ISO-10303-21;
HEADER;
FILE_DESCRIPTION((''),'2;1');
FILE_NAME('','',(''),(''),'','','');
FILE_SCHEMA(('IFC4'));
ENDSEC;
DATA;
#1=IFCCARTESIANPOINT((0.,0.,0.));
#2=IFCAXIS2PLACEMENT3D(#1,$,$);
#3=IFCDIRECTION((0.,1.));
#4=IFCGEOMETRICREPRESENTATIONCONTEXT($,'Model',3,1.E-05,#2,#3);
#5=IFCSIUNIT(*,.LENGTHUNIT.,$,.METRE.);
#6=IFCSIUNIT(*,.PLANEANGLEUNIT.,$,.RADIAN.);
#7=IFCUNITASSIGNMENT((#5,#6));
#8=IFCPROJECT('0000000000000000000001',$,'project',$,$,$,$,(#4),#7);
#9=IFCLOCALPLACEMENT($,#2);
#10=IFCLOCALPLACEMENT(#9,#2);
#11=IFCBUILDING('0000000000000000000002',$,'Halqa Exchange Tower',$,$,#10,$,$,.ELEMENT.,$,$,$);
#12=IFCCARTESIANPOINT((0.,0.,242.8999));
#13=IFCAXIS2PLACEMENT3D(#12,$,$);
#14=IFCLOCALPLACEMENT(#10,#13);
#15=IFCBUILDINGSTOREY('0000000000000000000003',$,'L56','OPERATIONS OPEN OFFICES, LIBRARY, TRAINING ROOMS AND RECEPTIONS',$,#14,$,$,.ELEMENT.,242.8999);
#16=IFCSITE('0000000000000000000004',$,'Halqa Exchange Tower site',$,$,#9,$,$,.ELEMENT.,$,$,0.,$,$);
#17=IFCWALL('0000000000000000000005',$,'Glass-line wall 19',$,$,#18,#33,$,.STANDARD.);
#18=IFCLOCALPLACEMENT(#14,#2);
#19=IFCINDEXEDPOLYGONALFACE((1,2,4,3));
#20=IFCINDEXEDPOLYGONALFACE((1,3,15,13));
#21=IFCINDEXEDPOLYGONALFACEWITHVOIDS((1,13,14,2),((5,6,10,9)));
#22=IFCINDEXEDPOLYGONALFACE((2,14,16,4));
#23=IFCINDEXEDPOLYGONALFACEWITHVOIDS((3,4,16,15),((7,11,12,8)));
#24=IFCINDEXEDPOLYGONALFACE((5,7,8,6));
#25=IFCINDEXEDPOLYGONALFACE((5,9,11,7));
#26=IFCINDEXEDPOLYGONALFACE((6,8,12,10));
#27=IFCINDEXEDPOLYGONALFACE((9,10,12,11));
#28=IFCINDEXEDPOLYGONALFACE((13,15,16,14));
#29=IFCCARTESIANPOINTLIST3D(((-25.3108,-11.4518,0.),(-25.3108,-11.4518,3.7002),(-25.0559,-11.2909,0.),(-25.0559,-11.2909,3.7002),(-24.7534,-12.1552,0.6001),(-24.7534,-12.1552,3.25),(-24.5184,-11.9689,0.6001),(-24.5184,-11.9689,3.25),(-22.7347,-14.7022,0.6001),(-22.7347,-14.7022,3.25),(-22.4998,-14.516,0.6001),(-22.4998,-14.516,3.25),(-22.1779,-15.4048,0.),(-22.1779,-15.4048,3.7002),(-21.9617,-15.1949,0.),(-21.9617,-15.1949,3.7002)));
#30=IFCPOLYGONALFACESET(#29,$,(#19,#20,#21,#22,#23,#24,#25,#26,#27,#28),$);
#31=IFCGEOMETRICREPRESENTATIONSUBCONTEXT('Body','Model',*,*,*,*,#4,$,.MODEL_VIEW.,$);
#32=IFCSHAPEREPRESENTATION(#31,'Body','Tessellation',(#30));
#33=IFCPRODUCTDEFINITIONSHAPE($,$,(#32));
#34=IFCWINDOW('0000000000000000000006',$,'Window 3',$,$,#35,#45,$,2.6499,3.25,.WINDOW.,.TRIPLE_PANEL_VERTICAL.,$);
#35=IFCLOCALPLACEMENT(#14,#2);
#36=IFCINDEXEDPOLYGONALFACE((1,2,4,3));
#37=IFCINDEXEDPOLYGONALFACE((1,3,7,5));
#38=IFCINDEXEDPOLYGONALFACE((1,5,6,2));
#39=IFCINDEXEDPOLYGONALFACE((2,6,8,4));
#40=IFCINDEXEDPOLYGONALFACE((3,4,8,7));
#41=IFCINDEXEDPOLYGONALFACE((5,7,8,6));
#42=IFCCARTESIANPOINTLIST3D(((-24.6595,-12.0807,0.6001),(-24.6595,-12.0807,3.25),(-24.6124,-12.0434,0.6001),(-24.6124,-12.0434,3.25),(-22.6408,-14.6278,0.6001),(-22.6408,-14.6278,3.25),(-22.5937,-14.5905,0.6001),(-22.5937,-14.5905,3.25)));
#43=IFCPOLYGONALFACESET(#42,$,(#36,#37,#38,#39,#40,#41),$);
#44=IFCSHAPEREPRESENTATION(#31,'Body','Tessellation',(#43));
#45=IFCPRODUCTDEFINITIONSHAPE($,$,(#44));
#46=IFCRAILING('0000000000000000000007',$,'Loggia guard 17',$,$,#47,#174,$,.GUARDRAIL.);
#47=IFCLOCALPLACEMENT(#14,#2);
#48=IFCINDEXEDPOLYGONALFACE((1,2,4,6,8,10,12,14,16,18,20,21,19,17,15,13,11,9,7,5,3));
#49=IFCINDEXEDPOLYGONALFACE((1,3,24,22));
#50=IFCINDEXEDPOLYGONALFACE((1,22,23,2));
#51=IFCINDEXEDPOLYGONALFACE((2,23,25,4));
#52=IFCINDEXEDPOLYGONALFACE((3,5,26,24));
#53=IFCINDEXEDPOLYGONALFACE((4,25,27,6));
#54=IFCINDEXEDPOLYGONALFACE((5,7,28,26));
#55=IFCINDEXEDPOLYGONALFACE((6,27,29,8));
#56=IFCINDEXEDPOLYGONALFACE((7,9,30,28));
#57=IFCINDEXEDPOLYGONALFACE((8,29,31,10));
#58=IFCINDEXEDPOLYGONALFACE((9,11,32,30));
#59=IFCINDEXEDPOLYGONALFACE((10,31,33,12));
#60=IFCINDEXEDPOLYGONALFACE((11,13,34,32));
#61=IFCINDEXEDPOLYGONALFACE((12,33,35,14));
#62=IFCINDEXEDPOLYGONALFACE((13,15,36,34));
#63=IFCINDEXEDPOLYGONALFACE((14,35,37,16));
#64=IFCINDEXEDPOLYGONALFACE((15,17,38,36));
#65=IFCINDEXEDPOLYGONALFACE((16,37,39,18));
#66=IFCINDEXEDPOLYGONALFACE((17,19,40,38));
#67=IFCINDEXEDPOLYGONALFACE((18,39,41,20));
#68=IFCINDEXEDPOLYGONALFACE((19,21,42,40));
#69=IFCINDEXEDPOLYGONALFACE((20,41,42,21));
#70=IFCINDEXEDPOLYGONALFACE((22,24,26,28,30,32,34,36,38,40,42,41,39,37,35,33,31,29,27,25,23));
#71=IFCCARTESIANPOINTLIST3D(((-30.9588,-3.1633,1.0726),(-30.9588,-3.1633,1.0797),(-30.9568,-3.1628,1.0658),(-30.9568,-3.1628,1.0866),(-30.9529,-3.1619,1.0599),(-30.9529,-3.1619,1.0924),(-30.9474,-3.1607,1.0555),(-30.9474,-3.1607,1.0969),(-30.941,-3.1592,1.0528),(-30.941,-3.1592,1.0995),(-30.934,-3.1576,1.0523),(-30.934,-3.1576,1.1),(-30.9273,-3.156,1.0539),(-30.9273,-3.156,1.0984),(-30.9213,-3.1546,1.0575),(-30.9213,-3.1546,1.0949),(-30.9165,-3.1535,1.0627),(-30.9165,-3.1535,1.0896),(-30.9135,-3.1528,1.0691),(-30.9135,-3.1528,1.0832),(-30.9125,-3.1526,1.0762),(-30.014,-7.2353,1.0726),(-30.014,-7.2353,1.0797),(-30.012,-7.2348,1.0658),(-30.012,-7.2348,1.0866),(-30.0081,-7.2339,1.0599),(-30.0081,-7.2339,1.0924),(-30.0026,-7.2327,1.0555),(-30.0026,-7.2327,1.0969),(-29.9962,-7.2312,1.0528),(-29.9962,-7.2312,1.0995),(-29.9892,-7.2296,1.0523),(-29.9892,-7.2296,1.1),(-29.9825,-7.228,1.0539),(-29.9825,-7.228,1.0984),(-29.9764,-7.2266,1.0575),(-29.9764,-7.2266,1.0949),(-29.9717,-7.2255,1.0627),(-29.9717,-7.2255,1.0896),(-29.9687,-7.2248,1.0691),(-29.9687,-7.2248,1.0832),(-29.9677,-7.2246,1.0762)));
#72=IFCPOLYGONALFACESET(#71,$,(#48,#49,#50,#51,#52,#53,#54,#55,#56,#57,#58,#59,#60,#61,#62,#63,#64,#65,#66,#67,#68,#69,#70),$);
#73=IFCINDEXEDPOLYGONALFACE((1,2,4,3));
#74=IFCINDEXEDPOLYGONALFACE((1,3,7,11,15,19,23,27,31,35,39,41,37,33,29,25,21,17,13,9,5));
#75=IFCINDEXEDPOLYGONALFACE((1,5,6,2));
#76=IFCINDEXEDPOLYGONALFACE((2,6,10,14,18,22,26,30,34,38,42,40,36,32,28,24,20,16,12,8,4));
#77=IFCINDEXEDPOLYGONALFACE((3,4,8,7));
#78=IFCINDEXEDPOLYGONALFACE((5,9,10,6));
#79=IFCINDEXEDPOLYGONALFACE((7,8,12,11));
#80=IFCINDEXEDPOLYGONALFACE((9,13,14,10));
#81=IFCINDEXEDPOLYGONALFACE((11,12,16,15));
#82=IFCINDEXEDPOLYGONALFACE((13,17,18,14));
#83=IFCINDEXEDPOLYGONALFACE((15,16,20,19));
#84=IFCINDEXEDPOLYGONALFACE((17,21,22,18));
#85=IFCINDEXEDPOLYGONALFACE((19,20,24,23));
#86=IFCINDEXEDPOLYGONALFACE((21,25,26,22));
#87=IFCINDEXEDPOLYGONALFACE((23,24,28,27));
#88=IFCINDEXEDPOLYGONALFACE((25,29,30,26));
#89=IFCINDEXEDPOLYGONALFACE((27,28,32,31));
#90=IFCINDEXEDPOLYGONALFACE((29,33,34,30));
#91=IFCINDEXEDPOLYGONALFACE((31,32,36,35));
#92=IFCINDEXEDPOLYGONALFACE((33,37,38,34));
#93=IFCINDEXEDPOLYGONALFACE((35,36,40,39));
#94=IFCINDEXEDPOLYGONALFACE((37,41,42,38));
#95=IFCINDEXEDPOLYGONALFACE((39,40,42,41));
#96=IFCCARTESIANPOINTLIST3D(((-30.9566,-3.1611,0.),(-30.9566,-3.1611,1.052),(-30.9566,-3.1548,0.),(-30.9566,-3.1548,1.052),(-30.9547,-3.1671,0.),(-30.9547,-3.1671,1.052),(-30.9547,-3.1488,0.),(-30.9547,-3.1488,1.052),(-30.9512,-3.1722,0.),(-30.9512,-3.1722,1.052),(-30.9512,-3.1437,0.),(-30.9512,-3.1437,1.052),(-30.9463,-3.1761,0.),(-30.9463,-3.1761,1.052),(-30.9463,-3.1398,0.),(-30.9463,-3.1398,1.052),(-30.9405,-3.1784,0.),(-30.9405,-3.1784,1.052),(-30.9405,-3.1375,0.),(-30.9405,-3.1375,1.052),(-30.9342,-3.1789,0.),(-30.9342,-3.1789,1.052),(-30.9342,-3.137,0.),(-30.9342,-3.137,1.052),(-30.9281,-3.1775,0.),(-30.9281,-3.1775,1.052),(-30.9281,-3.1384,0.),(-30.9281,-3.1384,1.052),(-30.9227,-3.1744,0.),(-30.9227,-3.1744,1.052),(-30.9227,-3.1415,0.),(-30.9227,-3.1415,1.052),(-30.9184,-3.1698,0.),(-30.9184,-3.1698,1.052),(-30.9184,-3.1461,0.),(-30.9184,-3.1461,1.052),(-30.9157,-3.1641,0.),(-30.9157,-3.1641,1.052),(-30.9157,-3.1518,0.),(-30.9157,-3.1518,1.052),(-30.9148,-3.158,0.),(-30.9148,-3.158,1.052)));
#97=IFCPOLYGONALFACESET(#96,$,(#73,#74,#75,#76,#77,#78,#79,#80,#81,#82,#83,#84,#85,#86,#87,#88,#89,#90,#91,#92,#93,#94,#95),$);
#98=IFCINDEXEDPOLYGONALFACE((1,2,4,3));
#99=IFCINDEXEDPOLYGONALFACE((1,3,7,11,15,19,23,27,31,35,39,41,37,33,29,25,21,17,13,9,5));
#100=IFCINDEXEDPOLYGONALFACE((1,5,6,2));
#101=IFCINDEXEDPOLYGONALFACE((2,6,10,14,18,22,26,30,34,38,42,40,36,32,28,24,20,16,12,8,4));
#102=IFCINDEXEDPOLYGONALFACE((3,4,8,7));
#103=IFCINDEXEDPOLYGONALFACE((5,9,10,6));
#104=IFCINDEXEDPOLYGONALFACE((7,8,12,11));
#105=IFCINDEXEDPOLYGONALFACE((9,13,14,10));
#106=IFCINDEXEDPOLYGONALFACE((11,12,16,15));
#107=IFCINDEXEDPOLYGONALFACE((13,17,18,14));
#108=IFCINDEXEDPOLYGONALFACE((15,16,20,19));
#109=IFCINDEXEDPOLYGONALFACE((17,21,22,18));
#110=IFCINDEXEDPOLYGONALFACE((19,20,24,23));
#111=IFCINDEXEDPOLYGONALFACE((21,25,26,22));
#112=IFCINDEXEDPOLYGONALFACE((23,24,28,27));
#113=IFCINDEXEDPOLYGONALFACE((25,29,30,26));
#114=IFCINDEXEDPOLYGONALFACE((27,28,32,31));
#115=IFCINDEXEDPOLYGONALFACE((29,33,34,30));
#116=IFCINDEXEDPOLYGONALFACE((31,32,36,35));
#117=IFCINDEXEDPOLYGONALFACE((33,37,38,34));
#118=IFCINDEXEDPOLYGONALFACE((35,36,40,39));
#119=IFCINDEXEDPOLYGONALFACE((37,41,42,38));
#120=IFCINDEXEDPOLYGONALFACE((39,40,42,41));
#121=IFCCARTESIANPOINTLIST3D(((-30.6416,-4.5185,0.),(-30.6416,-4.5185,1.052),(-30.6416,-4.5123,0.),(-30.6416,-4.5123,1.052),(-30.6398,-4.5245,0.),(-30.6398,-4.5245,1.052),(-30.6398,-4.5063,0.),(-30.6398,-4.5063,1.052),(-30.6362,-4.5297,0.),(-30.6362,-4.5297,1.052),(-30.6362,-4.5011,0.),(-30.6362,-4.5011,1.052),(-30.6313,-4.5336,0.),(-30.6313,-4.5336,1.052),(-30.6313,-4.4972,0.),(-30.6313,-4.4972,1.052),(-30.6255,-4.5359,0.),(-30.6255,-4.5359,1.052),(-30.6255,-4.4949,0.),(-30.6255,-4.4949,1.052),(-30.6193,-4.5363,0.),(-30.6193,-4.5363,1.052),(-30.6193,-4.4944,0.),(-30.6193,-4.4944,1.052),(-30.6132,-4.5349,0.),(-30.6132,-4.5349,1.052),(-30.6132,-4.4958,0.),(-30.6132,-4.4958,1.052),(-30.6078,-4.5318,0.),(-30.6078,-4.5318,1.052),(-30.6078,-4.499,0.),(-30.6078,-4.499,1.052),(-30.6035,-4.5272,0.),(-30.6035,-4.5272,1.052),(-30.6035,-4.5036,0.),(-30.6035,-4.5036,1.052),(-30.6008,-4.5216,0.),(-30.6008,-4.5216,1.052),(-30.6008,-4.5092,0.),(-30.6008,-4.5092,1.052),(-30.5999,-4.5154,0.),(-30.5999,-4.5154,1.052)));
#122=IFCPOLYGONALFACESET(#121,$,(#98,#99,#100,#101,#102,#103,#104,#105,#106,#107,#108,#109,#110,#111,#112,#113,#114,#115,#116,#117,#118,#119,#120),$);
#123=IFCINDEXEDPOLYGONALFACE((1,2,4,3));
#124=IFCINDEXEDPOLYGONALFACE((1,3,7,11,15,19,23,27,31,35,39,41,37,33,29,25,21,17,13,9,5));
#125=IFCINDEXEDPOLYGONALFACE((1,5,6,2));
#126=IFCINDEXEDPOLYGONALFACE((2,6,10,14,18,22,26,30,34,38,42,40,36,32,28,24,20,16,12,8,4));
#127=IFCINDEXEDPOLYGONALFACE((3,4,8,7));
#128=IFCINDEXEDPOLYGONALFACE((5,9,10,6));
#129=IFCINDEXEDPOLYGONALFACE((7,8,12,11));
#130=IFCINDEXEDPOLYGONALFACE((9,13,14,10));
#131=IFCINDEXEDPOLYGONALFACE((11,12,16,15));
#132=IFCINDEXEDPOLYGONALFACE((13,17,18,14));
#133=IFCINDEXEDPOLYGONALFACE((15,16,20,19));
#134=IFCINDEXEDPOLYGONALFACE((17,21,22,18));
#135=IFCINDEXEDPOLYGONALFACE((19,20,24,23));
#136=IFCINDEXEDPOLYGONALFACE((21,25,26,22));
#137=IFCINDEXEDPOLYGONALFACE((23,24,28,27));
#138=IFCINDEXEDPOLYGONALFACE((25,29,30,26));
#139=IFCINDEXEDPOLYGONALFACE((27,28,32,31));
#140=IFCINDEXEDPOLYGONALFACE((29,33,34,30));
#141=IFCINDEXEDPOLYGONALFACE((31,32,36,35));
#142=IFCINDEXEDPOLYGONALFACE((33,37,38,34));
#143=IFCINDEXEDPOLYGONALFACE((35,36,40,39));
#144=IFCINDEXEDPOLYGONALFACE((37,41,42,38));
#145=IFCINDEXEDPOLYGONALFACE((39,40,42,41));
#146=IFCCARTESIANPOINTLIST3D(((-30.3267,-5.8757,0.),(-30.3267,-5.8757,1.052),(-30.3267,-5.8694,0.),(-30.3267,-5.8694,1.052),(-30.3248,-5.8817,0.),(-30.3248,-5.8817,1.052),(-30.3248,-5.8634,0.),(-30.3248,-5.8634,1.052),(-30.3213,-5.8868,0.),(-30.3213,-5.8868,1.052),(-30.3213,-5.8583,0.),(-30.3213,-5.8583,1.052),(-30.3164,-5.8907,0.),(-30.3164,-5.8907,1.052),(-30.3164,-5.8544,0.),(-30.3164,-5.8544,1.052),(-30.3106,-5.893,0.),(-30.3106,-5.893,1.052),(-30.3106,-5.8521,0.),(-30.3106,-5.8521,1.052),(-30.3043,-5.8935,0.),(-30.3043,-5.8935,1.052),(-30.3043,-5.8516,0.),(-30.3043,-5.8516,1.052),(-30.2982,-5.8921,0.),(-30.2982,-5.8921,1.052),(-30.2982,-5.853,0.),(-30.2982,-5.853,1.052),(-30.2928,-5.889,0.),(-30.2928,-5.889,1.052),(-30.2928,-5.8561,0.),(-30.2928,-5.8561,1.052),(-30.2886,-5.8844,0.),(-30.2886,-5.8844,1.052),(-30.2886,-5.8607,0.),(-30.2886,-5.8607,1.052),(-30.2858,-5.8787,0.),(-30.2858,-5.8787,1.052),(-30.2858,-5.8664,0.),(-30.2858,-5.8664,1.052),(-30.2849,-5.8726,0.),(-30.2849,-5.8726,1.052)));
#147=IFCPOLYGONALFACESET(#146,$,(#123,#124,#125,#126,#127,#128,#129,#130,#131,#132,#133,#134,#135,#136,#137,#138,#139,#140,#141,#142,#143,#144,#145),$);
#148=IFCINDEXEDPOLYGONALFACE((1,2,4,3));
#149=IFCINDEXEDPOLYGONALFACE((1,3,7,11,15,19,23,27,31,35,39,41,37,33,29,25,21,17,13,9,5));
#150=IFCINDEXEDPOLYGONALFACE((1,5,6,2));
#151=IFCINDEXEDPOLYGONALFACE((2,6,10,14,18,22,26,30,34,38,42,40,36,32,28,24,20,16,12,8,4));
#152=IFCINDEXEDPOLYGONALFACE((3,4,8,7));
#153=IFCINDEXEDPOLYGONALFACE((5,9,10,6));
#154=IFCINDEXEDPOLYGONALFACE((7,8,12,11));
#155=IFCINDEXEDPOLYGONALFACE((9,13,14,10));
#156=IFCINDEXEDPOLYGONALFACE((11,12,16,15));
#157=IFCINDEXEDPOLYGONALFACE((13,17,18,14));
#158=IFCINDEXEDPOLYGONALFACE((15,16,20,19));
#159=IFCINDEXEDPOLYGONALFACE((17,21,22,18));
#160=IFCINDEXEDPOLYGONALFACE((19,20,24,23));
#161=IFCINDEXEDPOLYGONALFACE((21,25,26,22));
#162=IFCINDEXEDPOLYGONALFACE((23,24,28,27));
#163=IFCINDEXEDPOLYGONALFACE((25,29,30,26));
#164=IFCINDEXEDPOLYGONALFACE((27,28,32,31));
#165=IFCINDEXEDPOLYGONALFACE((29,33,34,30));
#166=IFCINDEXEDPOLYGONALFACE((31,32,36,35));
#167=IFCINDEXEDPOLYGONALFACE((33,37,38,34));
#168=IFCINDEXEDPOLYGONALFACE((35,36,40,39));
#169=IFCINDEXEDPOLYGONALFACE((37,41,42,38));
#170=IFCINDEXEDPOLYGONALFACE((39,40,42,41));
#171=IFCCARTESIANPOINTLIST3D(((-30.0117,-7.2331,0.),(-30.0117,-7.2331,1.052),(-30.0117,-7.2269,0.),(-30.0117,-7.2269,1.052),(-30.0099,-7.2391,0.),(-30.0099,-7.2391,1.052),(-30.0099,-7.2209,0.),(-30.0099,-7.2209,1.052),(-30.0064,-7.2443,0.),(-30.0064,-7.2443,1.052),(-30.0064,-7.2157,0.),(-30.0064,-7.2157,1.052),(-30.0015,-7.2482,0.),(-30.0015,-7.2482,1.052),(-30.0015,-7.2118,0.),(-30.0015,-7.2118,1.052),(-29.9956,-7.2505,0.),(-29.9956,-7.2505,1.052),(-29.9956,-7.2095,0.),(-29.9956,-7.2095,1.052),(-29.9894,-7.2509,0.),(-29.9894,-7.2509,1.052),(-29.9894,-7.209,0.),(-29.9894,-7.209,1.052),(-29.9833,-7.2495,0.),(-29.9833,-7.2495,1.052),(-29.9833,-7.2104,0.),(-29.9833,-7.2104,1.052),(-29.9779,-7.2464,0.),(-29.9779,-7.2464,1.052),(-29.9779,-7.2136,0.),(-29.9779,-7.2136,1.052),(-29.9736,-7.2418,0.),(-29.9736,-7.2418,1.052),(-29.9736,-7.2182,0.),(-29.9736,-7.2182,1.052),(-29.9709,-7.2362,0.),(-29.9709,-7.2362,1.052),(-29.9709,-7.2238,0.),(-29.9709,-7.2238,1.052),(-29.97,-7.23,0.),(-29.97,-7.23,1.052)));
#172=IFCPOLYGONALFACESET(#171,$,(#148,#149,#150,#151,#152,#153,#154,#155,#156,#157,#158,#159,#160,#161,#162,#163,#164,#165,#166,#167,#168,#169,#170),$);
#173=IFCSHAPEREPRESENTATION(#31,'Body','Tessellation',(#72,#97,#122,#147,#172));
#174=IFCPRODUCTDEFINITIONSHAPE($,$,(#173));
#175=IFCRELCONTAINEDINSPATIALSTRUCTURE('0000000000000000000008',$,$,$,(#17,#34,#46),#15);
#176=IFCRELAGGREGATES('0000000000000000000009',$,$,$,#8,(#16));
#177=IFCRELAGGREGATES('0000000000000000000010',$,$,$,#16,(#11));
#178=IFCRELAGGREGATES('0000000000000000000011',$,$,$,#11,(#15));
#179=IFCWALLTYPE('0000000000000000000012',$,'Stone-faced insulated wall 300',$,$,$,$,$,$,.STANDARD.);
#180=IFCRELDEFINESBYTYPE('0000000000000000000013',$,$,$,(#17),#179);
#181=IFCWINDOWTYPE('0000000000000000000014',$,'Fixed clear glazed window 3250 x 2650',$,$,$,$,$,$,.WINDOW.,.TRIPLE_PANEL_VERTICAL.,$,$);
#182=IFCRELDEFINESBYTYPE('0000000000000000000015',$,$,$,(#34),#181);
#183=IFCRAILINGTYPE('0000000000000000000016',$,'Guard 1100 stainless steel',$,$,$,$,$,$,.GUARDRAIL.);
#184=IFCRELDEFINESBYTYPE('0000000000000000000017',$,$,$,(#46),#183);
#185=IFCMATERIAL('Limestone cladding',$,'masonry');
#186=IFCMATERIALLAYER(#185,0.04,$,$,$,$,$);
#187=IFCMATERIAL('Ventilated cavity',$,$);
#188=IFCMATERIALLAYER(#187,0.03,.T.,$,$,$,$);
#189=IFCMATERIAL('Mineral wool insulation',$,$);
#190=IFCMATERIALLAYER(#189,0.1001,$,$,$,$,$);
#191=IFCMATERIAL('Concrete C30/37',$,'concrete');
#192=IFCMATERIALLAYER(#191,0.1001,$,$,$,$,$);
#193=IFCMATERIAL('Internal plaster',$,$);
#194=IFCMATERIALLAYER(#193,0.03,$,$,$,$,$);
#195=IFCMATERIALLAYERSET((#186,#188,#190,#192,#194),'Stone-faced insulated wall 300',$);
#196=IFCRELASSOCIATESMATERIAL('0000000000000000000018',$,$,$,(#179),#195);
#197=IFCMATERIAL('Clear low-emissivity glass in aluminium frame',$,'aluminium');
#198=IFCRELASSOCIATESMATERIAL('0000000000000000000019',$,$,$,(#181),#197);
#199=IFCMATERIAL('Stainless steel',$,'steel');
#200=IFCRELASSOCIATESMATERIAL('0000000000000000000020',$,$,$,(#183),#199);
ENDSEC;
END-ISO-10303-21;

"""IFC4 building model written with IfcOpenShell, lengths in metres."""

from ifc_helpers import new_model, si_unit, direction, frame, frame_2d, origin, origin_2d, place, context, subcontext, project, spatial, polyline, rectangle, circle, outline, extrude, material, layer, layer_set, type_object, element, fill, save


model = new_model("IFC4")

# Units and contexts
model_context = context("Model", 3, precision=1e-05, world=origin(), true_north=direction((0.0, 1.0)))
body_context = subcontext(model_context, "Body", "Model", "MODEL_VIEW")
ifc_project = project(units=[si_unit("LENGTHUNIT", "METRE"), si_unit("PLANEANGLEUNIT", "RADIAN")], contexts=[model_context])

# Site, building, storey
site_placement = place(None, origin())
site = spatial("IfcSite", under=ifc_project, at=site_placement, Name="Halqa Exchange Tower site", CompositionType="ELEMENT", RefElevation=0.0)
building_placement = place(site_placement, origin())
building = spatial("IfcBuilding", under=site, at=building_placement, Name="Halqa Exchange Tower", CompositionType="ELEMENT")
storey_placement = place(building_placement, frame((0.0, 0.0, 242.8999)))
storey = spatial("IfcBuildingStorey", under=building, at=storey_placement, Name="L56", Description="OPERATIONS OPEN OFFICES, LIBRARY, TRAINING ROOMS AND RECEPTIONS", CompositionType="ELEMENT", Elevation=242.8999)

# Wall, opening, window
ifc_material_1 = material(Name="Limestone cladding", Category="masonry")
ifc_layer_1 = layer(ifc_material_1, 0.04)
ifc_material_2 = material(Name="Ventilated cavity")
ifc_layer_2 = layer(ifc_material_2, 0.03, ventilated=True)
ifc_material_3 = material(Name="Mineral wool insulation")
ifc_layer_3 = layer(ifc_material_3, 0.1001)
ifc_material_4 = material(Name="Concrete C30/37", Category="concrete")
ifc_layer_4 = layer(ifc_material_4, 0.1001)
ifc_material_5 = material(Name="Internal plaster")
ifc_layer_5 = layer(ifc_material_5, 0.03)
ifc_layer_set_1 = layer_set([ifc_layer_1, ifc_layer_2, ifc_layer_3, ifc_layer_4, ifc_layer_5], Name="Stone-faced insulated wall 300")
wall_type_1 = type_object("IfcWallType", Name="Stone-faced insulated wall 300", PredefinedType="STANDARD", material=ifc_layer_set_1)
ifc_material_6 = material(Name="Clear low-emissivity glass in aluminium frame", Category="aluminium")
window_type = type_object("IfcWindowType", Name="Fixed clear glazed window 3250 x 2650", PartitioningType="TRIPLE_PANEL_VERTICAL", PredefinedType="WINDOW", material=ifc_material_6)
wall_1_placement = place(storey_placement, frame((-25.1833, -11.3713, 0.0), z_axis=(0.0, 0.0, 1.0), x_axis=(0.621131, -0.783707, 0.0)))
wall_1 = element("IfcWall", 1, at=wall_1_placement, inside=storey, type_object=wall_type_1, Name="Glass-line wall 19", PredefinedType="STANDARD", context=body_context, shape_type="SweptSolid", body=[
    extrude(outline(polyline([(-0.0161, -0.1499), (5.0278, -0.1499), (4.9976, 0.1499), (0.0161, 0.1499), (-0.0161, -0.1499)])), origin(), (0.0, 0.0, 1.0), 3.7002),
])
opening_1_placement = place(wall_1_placement, frame((0.8813, 0.0, 0.6001)))
opening_1 = element("IfcOpeningElement", 2, at=opening_1_placement, cuts=wall_1, PredefinedType="OPENING", context=body_context, shape_type="SweptSolid", body=[
    extrude(rectangle(XDim=3.25, YDim=2.6499, at=frame_2d((1.625, 1.325))), frame((0.0, 0.1621, 0.0), z_axis=(0.0, -1.0, 0.0), x_axis=(1.0, 0.0, 0.0)), (0.0, 0.0, 1.0), 0.324),
])
window_1_placement = place(opening_1_placement, origin())
window_1 = element("IfcWindow", 3, at=window_1_placement, inside=storey, type_object=window_type, Name="Window 3", OverallHeight=2.6499, OverallWidth=3.25, PartitioningType="TRIPLE_PANEL_VERTICAL", PredefinedType="WINDOW", context=body_context, shape_type="SweptSolid", body=[
    extrude(rectangle(XDim=3.25, YDim=2.6499, at=frame_2d((1.625, 1.325))), frame((0.0, 0.03, 0.0), z_axis=(0.0, -1.0, 0.0), x_axis=(1.0, 0.0, 0.0)), (0.0, 0.0, 1.0), 0.0601),
])
fill(opening_1, window_1)

# Railing
ifc_material_7 = material(Name="Stainless steel", Category="steel")
railing_type = type_object("IfcRailingType", Name="Guard 1100 stainless steel", PredefinedType="GUARDRAIL", material=ifc_material_7)
railing_1_placement = place(storey_placement, frame((-30.9358, -3.158, 0.0)))
element("IfcRailing", 4, at=railing_1_placement, inside=storey, type_object=railing_type, Name="Loggia guard 17", PredefinedType="GUARDRAIL", context=body_context, shape_type="SweptSolid", body=[
    extrude(circle(Radius=0.0239, at=origin_2d()), frame((0.0, 0.0, 1.0762), z_axis=(0.226024, -0.974122, 0.0), x_axis=(0.974122, 0.226024, 0.0)), (0.0, 0.0, 1.0), 4.1802),
    extrude(circle(Radius=0.021, at=origin_2d()), origin(), (0.0, 0.0, 1.0), 1.052),
    extrude(circle(Radius=0.021, at=origin_2d()), frame((0.3149, -1.3574, 0.0)), (0.0, 0.0, 1.0), 1.052),
    extrude(circle(Radius=0.021, at=origin_2d()), frame((0.6299, -2.7146, 0.0)), (0.0, 0.0, 1.0), 1.052),
    extrude(circle(Radius=0.021, at=origin_2d()), frame((0.9448, -4.072, 0.0)), (0.0, 0.0, 1.0), 1.052),
])

save(model, "model.ifc")
